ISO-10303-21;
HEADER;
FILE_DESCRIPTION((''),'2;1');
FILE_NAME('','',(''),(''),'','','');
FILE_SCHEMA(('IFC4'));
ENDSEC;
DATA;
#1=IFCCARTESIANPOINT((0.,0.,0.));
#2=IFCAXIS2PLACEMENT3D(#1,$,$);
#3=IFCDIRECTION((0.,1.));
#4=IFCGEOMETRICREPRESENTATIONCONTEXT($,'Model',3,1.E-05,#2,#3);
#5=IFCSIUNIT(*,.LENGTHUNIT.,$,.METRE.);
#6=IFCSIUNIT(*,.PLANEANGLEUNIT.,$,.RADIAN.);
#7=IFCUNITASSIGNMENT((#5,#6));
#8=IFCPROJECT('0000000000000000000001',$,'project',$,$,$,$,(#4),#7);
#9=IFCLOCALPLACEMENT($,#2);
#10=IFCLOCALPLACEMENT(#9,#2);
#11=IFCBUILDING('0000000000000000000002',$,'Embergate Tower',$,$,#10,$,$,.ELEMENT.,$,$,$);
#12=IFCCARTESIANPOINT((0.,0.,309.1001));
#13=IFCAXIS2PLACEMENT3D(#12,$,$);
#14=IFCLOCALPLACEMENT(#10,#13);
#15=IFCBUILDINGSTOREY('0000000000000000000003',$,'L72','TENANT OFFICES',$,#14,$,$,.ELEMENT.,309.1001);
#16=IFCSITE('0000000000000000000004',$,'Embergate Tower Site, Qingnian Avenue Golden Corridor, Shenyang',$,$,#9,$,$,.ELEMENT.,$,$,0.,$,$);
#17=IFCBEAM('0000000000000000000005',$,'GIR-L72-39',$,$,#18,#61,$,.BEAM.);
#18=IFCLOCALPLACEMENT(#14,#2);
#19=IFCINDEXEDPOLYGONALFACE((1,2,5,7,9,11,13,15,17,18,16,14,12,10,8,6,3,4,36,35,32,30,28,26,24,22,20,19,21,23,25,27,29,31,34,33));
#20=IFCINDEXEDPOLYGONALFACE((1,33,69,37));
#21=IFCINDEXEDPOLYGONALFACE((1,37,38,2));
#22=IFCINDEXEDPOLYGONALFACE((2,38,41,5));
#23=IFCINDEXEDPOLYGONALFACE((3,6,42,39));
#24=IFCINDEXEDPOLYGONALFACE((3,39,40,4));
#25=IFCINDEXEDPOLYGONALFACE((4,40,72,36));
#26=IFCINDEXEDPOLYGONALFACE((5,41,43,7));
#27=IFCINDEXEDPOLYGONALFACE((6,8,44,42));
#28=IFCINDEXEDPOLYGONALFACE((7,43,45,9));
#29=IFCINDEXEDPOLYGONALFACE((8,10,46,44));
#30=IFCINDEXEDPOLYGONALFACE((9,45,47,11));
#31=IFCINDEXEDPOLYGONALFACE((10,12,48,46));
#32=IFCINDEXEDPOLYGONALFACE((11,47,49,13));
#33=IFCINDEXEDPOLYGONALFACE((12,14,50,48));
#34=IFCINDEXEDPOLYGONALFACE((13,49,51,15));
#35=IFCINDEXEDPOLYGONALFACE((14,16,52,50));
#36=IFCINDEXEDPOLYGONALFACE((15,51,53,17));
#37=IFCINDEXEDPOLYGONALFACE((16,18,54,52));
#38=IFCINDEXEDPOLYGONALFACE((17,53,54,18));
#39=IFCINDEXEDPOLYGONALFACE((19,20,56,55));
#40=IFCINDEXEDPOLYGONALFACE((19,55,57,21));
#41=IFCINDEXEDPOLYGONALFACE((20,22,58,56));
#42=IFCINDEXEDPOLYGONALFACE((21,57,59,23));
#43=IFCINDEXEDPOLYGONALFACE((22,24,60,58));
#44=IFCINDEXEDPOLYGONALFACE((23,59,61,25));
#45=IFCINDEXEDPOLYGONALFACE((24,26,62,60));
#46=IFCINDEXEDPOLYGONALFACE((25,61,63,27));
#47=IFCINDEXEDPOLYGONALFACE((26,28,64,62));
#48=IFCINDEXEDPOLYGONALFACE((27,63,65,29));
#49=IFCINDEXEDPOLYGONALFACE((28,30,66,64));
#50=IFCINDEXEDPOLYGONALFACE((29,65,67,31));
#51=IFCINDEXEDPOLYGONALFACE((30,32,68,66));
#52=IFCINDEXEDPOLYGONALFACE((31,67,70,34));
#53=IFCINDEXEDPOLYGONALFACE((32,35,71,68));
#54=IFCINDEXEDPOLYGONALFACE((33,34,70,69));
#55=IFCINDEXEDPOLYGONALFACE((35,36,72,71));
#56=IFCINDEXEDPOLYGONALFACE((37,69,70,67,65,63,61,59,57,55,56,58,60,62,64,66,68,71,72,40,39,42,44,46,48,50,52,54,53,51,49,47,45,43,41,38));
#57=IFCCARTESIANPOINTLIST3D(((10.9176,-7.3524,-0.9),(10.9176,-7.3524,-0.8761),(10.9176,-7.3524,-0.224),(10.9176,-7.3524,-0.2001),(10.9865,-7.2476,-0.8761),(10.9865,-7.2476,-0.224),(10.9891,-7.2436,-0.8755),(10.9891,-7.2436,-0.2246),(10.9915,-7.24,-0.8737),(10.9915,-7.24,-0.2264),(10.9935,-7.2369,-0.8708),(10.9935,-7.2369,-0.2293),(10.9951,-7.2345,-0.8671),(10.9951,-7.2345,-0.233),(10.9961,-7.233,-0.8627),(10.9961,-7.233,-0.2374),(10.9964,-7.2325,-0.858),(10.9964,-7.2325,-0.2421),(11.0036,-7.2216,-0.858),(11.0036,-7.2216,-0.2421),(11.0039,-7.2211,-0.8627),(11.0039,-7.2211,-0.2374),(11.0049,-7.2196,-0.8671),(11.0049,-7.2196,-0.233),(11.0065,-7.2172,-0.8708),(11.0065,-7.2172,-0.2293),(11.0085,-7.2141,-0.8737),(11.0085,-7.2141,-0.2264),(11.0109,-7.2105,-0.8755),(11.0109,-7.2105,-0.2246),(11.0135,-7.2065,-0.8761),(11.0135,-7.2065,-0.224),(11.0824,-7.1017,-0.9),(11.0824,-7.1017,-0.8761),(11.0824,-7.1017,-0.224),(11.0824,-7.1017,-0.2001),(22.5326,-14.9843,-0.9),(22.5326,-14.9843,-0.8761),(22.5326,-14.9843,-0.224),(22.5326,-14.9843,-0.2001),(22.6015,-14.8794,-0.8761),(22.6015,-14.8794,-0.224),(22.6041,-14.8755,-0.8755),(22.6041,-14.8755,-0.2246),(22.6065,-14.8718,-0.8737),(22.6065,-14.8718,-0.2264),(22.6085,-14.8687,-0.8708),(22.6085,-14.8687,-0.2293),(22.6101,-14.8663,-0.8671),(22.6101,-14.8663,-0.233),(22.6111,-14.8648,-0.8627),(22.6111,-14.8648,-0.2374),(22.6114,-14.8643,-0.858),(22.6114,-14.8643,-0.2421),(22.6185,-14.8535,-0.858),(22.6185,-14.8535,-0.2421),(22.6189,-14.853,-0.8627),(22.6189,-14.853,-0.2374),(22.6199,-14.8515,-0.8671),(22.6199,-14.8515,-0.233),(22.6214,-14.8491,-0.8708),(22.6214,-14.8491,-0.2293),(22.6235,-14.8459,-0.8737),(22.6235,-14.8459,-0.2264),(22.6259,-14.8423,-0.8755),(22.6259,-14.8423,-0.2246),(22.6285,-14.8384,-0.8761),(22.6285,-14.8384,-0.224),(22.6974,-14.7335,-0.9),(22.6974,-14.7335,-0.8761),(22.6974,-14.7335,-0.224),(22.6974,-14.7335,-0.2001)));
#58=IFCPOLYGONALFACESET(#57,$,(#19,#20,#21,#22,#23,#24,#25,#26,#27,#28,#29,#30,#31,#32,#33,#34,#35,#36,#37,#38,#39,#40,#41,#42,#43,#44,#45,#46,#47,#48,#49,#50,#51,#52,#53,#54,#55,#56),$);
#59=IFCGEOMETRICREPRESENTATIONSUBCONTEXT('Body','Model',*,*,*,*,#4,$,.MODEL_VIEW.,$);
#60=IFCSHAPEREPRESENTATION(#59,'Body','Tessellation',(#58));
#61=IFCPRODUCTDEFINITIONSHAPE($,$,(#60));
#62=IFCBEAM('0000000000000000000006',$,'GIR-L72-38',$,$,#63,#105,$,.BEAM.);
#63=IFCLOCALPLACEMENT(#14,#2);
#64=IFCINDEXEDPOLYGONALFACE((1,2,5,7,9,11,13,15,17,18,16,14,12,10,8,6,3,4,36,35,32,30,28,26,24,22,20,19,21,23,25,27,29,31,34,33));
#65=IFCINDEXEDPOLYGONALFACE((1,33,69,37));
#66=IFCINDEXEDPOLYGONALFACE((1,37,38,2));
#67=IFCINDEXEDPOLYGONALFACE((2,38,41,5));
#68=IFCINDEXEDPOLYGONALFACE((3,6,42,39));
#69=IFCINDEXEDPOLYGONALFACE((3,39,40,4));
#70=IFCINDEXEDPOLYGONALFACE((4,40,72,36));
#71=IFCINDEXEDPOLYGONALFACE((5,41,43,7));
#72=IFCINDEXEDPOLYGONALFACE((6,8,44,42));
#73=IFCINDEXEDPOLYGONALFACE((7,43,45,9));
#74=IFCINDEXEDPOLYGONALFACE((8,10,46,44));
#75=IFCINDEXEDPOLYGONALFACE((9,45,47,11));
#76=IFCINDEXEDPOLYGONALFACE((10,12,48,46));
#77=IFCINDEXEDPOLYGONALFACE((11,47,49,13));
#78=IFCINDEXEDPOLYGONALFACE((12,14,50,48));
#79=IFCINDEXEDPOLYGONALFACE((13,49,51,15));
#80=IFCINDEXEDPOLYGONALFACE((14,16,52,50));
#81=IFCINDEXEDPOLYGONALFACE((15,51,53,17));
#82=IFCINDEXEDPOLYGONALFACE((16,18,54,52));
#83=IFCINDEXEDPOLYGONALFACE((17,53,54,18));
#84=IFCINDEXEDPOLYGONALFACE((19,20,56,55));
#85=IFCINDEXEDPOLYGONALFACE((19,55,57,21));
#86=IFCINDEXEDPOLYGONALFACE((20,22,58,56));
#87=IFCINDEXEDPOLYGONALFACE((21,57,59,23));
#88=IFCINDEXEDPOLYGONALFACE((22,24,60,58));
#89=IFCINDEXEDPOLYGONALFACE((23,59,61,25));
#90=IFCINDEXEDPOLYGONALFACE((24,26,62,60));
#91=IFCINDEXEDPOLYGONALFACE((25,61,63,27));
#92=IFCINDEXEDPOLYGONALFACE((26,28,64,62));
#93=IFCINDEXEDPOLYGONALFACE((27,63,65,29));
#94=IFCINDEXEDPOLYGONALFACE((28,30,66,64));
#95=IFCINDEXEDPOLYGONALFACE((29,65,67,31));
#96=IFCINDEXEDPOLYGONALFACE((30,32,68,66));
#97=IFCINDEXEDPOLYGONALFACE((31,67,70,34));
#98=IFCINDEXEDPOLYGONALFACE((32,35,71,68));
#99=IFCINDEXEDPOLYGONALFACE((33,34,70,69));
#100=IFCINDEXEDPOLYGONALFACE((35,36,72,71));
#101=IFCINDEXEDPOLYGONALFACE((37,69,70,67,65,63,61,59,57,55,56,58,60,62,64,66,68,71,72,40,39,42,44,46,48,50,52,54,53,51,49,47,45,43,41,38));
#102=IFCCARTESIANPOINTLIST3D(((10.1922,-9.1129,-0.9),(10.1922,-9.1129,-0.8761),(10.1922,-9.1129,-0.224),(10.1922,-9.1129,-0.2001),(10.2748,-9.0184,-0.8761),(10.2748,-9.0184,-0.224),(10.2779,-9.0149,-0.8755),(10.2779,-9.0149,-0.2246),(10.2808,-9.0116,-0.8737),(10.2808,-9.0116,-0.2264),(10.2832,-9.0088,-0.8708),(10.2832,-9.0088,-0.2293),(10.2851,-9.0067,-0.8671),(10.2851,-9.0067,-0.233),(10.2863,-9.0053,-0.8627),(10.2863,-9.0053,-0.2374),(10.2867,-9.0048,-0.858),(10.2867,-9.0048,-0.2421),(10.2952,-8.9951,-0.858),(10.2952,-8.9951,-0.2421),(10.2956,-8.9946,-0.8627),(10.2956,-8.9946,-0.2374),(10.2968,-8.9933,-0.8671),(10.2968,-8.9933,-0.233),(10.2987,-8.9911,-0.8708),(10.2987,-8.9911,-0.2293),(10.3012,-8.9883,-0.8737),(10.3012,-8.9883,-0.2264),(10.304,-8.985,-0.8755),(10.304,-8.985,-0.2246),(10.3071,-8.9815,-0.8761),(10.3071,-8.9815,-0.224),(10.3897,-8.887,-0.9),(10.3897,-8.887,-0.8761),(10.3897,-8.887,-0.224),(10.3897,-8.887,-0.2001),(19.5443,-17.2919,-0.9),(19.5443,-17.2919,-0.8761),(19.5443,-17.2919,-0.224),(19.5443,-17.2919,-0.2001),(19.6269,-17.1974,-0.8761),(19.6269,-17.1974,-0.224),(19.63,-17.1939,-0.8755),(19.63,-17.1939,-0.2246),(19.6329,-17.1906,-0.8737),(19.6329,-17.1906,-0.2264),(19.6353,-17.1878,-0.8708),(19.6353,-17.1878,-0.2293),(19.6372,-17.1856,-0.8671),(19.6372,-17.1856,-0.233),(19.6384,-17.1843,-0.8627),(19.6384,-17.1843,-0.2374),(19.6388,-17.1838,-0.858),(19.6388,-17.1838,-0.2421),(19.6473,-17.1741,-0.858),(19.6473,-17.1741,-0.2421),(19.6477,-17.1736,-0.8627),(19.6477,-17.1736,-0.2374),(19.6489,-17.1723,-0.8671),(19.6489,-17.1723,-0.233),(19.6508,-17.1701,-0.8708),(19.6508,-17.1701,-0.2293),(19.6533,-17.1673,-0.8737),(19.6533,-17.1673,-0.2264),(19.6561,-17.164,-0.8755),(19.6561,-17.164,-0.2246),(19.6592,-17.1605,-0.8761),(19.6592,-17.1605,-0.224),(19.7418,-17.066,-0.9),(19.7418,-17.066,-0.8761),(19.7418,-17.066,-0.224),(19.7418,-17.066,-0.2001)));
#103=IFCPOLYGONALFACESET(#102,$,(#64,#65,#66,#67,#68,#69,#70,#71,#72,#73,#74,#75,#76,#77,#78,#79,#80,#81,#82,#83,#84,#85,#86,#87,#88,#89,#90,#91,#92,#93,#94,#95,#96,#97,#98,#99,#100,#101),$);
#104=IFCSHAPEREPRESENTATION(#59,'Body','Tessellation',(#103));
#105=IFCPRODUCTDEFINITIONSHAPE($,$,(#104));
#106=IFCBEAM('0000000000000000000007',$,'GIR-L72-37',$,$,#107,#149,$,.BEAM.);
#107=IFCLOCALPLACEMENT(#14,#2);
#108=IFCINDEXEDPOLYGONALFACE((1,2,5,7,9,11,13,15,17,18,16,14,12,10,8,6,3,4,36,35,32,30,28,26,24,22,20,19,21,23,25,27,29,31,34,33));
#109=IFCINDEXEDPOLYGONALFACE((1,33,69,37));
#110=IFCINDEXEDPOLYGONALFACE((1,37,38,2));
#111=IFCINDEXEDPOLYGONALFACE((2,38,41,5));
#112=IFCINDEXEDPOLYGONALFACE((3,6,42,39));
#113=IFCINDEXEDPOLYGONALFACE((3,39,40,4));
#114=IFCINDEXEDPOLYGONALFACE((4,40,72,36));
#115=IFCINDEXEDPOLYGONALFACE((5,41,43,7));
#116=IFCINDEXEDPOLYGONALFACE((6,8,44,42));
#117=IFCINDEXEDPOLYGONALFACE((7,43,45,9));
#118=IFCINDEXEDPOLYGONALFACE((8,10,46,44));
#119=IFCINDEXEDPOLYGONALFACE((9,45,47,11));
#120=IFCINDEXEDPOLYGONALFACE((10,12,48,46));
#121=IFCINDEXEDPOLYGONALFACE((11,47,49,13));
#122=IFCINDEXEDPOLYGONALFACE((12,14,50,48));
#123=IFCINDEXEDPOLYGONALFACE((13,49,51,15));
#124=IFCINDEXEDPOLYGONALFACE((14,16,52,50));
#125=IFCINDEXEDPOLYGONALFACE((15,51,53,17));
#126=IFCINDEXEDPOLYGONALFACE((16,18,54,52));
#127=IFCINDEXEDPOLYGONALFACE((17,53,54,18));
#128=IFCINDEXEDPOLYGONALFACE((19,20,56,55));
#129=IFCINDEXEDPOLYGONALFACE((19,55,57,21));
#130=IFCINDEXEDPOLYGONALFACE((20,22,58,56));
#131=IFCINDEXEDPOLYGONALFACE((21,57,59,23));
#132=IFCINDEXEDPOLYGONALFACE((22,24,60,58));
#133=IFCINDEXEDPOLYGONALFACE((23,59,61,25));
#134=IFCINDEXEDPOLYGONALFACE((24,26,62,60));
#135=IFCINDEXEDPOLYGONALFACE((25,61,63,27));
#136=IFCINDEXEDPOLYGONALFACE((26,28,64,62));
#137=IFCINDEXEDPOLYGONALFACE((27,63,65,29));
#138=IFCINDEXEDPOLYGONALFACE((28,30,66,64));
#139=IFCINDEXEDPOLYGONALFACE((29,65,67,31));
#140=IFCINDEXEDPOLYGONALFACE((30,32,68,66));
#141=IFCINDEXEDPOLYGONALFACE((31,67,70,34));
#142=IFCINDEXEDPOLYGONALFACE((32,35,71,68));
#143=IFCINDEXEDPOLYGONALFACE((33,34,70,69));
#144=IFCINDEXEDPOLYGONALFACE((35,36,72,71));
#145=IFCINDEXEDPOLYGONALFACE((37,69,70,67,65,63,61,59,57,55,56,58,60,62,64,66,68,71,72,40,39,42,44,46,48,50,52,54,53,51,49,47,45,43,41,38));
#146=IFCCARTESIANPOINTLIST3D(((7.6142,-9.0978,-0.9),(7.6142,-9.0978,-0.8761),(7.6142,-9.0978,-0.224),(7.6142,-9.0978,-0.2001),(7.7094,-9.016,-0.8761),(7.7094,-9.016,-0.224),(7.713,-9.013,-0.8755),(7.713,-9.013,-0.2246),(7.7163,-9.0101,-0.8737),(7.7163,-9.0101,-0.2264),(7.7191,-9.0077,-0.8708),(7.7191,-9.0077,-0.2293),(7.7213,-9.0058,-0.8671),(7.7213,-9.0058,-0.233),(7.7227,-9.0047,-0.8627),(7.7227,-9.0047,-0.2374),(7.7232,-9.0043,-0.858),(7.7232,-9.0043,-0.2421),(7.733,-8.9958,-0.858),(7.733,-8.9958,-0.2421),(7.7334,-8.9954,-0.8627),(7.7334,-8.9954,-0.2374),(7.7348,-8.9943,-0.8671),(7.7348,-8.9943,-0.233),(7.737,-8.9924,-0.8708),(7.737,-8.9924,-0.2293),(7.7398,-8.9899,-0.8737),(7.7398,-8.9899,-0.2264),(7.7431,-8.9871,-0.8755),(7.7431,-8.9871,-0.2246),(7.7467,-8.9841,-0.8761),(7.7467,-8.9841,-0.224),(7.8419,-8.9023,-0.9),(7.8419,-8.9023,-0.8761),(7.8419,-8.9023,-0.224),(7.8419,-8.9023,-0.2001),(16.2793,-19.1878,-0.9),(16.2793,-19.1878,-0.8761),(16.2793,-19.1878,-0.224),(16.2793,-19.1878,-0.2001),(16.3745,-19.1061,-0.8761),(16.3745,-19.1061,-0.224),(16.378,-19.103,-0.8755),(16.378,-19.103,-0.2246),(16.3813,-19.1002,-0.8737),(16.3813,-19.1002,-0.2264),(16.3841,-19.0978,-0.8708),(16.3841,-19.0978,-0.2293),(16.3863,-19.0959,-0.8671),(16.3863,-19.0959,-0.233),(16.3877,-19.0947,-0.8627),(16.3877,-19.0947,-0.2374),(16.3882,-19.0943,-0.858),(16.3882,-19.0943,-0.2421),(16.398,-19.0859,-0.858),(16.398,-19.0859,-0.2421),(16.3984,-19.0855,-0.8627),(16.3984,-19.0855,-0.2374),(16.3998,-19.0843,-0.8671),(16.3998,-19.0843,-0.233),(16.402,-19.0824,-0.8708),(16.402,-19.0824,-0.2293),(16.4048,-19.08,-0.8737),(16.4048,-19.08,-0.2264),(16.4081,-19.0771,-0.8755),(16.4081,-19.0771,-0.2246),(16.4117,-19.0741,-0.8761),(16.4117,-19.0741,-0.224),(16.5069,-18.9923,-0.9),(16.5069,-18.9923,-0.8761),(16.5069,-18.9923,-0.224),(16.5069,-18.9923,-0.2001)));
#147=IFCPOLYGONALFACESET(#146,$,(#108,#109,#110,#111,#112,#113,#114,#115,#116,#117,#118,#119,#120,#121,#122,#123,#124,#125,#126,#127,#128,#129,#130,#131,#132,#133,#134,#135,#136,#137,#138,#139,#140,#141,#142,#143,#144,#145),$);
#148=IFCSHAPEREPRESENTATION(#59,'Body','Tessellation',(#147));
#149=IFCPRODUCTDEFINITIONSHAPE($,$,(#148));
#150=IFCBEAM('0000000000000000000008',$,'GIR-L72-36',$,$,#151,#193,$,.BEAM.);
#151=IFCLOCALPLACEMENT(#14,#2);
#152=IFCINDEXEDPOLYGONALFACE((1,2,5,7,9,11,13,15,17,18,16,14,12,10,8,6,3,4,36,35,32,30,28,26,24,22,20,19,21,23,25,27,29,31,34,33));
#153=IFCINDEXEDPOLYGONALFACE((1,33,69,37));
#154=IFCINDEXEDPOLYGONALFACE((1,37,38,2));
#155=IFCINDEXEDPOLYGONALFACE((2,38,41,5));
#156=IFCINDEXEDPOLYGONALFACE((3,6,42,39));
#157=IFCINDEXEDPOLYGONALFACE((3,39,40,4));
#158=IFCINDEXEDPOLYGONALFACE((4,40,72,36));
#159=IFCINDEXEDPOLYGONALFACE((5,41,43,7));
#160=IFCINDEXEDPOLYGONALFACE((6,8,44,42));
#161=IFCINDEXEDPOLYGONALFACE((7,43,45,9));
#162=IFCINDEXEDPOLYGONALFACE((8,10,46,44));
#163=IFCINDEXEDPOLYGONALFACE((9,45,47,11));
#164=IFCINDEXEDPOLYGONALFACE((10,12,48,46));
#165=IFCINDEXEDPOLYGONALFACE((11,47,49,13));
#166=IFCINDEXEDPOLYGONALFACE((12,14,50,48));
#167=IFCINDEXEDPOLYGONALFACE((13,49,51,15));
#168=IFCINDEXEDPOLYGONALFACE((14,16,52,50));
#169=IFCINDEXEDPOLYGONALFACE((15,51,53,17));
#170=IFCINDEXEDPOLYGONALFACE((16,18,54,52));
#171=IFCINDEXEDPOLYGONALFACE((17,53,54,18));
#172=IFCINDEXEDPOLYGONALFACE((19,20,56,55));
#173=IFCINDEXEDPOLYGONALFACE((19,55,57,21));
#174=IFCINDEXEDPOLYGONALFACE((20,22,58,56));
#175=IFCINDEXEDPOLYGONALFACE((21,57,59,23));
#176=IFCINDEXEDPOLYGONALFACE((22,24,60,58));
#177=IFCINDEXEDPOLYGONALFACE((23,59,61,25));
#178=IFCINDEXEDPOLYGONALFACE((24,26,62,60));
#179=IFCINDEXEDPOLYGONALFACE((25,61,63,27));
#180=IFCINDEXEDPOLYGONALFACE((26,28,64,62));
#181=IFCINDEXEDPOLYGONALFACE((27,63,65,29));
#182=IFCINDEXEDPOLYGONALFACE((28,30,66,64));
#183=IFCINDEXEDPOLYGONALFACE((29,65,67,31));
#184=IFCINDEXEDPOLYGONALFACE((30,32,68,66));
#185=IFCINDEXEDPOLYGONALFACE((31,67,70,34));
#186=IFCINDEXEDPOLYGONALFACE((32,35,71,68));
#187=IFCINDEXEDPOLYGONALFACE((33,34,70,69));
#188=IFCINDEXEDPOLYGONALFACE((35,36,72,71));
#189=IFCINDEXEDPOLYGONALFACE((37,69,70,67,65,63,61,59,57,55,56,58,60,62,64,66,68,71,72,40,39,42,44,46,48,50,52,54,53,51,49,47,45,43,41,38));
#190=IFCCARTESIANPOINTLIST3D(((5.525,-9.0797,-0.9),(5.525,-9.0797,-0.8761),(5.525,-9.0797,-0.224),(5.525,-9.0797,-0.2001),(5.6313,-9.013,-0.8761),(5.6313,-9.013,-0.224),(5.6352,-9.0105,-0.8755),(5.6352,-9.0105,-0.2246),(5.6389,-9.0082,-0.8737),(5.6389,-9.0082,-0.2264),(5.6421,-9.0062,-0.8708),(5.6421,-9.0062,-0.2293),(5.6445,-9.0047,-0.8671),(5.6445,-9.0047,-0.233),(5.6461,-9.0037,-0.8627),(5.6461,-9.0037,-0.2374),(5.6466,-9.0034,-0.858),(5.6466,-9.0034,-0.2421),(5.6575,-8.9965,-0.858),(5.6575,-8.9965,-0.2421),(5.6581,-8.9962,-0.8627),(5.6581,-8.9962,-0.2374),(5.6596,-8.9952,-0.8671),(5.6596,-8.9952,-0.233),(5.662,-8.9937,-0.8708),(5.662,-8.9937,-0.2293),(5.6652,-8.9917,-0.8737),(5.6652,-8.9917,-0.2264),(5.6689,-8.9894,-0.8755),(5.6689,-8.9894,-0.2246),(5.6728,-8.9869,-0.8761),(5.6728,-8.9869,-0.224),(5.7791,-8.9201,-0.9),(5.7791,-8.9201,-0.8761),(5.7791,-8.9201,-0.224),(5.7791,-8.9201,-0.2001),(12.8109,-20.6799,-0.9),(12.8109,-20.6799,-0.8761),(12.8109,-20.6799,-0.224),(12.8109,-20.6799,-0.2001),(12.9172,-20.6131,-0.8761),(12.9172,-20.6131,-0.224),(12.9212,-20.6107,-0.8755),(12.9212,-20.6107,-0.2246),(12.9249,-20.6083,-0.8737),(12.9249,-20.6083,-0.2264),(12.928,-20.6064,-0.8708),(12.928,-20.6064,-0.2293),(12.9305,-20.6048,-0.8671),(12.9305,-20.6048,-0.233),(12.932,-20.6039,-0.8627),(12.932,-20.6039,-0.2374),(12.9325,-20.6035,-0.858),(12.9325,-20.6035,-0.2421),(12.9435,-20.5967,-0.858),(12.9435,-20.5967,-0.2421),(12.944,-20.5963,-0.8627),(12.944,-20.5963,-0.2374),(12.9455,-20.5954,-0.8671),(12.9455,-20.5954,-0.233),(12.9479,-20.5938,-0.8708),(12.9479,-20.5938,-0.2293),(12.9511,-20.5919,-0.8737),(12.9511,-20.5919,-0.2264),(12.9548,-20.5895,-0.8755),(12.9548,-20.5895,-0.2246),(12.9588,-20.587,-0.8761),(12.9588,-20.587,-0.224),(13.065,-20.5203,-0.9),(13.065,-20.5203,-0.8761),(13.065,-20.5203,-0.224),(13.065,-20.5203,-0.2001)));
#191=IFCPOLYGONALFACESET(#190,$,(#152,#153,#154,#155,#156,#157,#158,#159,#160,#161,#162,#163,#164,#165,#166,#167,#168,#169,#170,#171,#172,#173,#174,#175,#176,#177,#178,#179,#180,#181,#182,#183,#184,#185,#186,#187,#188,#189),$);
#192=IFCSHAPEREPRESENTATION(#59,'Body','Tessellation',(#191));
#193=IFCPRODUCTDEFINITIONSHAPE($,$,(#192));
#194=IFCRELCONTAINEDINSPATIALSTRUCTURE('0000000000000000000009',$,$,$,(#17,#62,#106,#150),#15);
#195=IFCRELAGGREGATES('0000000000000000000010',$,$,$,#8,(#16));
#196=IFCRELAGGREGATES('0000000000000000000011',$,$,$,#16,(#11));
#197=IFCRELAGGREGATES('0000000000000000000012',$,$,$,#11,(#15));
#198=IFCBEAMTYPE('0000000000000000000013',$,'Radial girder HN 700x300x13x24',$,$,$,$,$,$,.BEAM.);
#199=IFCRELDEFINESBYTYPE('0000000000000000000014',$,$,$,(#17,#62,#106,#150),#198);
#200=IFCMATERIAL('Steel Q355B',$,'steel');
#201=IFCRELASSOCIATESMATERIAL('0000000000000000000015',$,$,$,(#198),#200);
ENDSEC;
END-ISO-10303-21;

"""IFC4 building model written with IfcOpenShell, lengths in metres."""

from ifc_helpers import new_model, si_unit, direction, frame, origin, origin_2d, place, context, subcontext, project, spatial, i_section, extrude, source, transform, mapped, material, material_profile, profile_set, type_object, element, save


model = new_model("IFC4")

# Units and contexts
model_context = context("Model", 3, precision=1e-05, world=origin(), true_north=direction((0.0, 1.0)))
body_context = subcontext(model_context, "Body", "Model", "MODEL_VIEW")
ifc_project = project(units=[si_unit("LENGTHUNIT", "METRE"), si_unit("PLANEANGLEUNIT", "RADIAN")], contexts=[model_context])

# Site, building, storey
site_placement = place(None, origin())
site = spatial("IfcSite", under=ifc_project, at=site_placement, Name="Embergate Tower Site, Qingnian Avenue Golden Corridor, Shenyang", CompositionType="ELEMENT", RefElevation=0.0)
building_placement = place(site_placement, origin())
building = spatial("IfcBuilding", under=site, at=building_placement, Name="Embergate Tower", CompositionType="ELEMENT")
storey_placement = place(building_placement, frame((0.0, 0.0, 309.1001)))
storey = spatial("IfcBuildingStorey", under=building, at=storey_placement, Name="L72", Description="TENANT OFFICES", CompositionType="ELEMENT", Elevation=309.1001)

# Beams
ifc_material_1 = material(Name="Steel Q355B", Category="steel")
ifc_material_profile_1 = material_profile(ifc_material_1, i_section(OverallWidth=0.3, OverallDepth=0.7, WebThickness=0.0129, FlangeThickness=0.0239, FilletRadius=0.0181, at=origin_2d()), Name="HN 700x300x13x24")
ifc_profile_set_1 = profile_set([ifc_material_profile_1], Name="Steel Q355 grade B")
beam_type_1 = type_object("IfcBeamType", Name="Radial girder HN 700x300x13x24", PredefinedType="BEAM", material=ifc_profile_set_1)
shared_shape_1 = source(origin(), body_context, "Body", "SweptSolid", [
    extrude(i_section(OverallWidth=0.3, OverallDepth=0.7, WebThickness=0.0129, FlangeThickness=0.0239, FilletRadius=0.0181, at=origin_2d()), origin(), (0.0, 0.0, 1.0), 13.8979),
])
beam_1_placement = place(storey_placement, frame((22.615, -14.8589, -0.55), z_axis=(-0.835734, 0.549134, 0.0), x_axis=(-0.549134, -0.835734, 0.0)))
element("IfcBeam", 1, at=beam_1_placement, inside=storey, type_object=beam_type_1, Name="GIR-L72-39", PredefinedType="BEAM", context=body_context, shape_type="MappedRepresentation", body=[
    mapped(shared_shape_1, transform((0.0, 0.0, 0.0))),
])
shared_shape_2 = source(origin(), body_context, "Body", "SweptSolid", [
    extrude(i_section(OverallWidth=0.3, OverallDepth=0.7, WebThickness=0.0129, FlangeThickness=0.0239, FilletRadius=0.0181, at=origin_2d()), origin(), (0.0, 0.0, 1.0), 12.4241),
])
beam_2_placement = place(storey_placement, frame((19.6431, -17.179, -0.55), z_axis=(-0.75274, 0.658318, 0.0), x_axis=(-0.658318, -0.75274, 0.0)))
element("IfcBeam", 2, at=beam_2_placement, inside=storey, type_object=beam_type_1, Name="GIR-L72-38", PredefinedType="BEAM", context=body_context, shape_type="MappedRepresentation", body=[
    mapped(shared_shape_2, transform((0.0, 0.0, 0.0))),
])
shared_shape_3 = source(origin(), body_context, "Body", "SweptSolid", [
    extrude(i_section(OverallWidth=0.3, OverallDepth=0.7, WebThickness=0.0129, FlangeThickness=0.0239, FilletRadius=0.0181, at=origin_2d()), origin(), (0.0, 0.0, 1.0), 13.3),
])
beam_3_placement = place(storey_placement, frame((16.3931, -19.0901, -0.55), z_axis=(-0.651502, 0.758647, 0.0), x_axis=(-0.758647, -0.651502, 0.0)))
element("IfcBeam", 3, at=beam_3_placement, inside=storey, type_object=beam_type_1, Name="GIR-L72-37", PredefinedType="BEAM", context=body_context, shape_type="MappedRepresentation", body=[
    mapped(shared_shape_3, transform((0.0, 0.0, 0.0))),
])
shared_shape_4 = source(origin(), body_context, "Body", "SweptSolid", [
    extrude(i_section(OverallWidth=0.3, OverallDepth=0.7, WebThickness=0.0129, FlangeThickness=0.0239, FilletRadius=0.0181, at=origin_2d()), origin(), (0.0, 0.0, 1.0), 13.6985),
])
beam_4_placement = place(storey_placement, frame((12.938, -20.6001, -0.55), z_axis=(-0.531878, 0.846821, 0.0), x_axis=(-0.846821, -0.531878, 0.0)))
element("IfcBeam", 4, at=beam_4_placement, inside=storey, type_object=beam_type_1, Name="GIR-L72-36", PredefinedType="BEAM", context=body_context, shape_type="MappedRepresentation", body=[
    mapped(shared_shape_4, transform((0.0, 0.0, 0.0))),
])

save(model, "model.ifc")
